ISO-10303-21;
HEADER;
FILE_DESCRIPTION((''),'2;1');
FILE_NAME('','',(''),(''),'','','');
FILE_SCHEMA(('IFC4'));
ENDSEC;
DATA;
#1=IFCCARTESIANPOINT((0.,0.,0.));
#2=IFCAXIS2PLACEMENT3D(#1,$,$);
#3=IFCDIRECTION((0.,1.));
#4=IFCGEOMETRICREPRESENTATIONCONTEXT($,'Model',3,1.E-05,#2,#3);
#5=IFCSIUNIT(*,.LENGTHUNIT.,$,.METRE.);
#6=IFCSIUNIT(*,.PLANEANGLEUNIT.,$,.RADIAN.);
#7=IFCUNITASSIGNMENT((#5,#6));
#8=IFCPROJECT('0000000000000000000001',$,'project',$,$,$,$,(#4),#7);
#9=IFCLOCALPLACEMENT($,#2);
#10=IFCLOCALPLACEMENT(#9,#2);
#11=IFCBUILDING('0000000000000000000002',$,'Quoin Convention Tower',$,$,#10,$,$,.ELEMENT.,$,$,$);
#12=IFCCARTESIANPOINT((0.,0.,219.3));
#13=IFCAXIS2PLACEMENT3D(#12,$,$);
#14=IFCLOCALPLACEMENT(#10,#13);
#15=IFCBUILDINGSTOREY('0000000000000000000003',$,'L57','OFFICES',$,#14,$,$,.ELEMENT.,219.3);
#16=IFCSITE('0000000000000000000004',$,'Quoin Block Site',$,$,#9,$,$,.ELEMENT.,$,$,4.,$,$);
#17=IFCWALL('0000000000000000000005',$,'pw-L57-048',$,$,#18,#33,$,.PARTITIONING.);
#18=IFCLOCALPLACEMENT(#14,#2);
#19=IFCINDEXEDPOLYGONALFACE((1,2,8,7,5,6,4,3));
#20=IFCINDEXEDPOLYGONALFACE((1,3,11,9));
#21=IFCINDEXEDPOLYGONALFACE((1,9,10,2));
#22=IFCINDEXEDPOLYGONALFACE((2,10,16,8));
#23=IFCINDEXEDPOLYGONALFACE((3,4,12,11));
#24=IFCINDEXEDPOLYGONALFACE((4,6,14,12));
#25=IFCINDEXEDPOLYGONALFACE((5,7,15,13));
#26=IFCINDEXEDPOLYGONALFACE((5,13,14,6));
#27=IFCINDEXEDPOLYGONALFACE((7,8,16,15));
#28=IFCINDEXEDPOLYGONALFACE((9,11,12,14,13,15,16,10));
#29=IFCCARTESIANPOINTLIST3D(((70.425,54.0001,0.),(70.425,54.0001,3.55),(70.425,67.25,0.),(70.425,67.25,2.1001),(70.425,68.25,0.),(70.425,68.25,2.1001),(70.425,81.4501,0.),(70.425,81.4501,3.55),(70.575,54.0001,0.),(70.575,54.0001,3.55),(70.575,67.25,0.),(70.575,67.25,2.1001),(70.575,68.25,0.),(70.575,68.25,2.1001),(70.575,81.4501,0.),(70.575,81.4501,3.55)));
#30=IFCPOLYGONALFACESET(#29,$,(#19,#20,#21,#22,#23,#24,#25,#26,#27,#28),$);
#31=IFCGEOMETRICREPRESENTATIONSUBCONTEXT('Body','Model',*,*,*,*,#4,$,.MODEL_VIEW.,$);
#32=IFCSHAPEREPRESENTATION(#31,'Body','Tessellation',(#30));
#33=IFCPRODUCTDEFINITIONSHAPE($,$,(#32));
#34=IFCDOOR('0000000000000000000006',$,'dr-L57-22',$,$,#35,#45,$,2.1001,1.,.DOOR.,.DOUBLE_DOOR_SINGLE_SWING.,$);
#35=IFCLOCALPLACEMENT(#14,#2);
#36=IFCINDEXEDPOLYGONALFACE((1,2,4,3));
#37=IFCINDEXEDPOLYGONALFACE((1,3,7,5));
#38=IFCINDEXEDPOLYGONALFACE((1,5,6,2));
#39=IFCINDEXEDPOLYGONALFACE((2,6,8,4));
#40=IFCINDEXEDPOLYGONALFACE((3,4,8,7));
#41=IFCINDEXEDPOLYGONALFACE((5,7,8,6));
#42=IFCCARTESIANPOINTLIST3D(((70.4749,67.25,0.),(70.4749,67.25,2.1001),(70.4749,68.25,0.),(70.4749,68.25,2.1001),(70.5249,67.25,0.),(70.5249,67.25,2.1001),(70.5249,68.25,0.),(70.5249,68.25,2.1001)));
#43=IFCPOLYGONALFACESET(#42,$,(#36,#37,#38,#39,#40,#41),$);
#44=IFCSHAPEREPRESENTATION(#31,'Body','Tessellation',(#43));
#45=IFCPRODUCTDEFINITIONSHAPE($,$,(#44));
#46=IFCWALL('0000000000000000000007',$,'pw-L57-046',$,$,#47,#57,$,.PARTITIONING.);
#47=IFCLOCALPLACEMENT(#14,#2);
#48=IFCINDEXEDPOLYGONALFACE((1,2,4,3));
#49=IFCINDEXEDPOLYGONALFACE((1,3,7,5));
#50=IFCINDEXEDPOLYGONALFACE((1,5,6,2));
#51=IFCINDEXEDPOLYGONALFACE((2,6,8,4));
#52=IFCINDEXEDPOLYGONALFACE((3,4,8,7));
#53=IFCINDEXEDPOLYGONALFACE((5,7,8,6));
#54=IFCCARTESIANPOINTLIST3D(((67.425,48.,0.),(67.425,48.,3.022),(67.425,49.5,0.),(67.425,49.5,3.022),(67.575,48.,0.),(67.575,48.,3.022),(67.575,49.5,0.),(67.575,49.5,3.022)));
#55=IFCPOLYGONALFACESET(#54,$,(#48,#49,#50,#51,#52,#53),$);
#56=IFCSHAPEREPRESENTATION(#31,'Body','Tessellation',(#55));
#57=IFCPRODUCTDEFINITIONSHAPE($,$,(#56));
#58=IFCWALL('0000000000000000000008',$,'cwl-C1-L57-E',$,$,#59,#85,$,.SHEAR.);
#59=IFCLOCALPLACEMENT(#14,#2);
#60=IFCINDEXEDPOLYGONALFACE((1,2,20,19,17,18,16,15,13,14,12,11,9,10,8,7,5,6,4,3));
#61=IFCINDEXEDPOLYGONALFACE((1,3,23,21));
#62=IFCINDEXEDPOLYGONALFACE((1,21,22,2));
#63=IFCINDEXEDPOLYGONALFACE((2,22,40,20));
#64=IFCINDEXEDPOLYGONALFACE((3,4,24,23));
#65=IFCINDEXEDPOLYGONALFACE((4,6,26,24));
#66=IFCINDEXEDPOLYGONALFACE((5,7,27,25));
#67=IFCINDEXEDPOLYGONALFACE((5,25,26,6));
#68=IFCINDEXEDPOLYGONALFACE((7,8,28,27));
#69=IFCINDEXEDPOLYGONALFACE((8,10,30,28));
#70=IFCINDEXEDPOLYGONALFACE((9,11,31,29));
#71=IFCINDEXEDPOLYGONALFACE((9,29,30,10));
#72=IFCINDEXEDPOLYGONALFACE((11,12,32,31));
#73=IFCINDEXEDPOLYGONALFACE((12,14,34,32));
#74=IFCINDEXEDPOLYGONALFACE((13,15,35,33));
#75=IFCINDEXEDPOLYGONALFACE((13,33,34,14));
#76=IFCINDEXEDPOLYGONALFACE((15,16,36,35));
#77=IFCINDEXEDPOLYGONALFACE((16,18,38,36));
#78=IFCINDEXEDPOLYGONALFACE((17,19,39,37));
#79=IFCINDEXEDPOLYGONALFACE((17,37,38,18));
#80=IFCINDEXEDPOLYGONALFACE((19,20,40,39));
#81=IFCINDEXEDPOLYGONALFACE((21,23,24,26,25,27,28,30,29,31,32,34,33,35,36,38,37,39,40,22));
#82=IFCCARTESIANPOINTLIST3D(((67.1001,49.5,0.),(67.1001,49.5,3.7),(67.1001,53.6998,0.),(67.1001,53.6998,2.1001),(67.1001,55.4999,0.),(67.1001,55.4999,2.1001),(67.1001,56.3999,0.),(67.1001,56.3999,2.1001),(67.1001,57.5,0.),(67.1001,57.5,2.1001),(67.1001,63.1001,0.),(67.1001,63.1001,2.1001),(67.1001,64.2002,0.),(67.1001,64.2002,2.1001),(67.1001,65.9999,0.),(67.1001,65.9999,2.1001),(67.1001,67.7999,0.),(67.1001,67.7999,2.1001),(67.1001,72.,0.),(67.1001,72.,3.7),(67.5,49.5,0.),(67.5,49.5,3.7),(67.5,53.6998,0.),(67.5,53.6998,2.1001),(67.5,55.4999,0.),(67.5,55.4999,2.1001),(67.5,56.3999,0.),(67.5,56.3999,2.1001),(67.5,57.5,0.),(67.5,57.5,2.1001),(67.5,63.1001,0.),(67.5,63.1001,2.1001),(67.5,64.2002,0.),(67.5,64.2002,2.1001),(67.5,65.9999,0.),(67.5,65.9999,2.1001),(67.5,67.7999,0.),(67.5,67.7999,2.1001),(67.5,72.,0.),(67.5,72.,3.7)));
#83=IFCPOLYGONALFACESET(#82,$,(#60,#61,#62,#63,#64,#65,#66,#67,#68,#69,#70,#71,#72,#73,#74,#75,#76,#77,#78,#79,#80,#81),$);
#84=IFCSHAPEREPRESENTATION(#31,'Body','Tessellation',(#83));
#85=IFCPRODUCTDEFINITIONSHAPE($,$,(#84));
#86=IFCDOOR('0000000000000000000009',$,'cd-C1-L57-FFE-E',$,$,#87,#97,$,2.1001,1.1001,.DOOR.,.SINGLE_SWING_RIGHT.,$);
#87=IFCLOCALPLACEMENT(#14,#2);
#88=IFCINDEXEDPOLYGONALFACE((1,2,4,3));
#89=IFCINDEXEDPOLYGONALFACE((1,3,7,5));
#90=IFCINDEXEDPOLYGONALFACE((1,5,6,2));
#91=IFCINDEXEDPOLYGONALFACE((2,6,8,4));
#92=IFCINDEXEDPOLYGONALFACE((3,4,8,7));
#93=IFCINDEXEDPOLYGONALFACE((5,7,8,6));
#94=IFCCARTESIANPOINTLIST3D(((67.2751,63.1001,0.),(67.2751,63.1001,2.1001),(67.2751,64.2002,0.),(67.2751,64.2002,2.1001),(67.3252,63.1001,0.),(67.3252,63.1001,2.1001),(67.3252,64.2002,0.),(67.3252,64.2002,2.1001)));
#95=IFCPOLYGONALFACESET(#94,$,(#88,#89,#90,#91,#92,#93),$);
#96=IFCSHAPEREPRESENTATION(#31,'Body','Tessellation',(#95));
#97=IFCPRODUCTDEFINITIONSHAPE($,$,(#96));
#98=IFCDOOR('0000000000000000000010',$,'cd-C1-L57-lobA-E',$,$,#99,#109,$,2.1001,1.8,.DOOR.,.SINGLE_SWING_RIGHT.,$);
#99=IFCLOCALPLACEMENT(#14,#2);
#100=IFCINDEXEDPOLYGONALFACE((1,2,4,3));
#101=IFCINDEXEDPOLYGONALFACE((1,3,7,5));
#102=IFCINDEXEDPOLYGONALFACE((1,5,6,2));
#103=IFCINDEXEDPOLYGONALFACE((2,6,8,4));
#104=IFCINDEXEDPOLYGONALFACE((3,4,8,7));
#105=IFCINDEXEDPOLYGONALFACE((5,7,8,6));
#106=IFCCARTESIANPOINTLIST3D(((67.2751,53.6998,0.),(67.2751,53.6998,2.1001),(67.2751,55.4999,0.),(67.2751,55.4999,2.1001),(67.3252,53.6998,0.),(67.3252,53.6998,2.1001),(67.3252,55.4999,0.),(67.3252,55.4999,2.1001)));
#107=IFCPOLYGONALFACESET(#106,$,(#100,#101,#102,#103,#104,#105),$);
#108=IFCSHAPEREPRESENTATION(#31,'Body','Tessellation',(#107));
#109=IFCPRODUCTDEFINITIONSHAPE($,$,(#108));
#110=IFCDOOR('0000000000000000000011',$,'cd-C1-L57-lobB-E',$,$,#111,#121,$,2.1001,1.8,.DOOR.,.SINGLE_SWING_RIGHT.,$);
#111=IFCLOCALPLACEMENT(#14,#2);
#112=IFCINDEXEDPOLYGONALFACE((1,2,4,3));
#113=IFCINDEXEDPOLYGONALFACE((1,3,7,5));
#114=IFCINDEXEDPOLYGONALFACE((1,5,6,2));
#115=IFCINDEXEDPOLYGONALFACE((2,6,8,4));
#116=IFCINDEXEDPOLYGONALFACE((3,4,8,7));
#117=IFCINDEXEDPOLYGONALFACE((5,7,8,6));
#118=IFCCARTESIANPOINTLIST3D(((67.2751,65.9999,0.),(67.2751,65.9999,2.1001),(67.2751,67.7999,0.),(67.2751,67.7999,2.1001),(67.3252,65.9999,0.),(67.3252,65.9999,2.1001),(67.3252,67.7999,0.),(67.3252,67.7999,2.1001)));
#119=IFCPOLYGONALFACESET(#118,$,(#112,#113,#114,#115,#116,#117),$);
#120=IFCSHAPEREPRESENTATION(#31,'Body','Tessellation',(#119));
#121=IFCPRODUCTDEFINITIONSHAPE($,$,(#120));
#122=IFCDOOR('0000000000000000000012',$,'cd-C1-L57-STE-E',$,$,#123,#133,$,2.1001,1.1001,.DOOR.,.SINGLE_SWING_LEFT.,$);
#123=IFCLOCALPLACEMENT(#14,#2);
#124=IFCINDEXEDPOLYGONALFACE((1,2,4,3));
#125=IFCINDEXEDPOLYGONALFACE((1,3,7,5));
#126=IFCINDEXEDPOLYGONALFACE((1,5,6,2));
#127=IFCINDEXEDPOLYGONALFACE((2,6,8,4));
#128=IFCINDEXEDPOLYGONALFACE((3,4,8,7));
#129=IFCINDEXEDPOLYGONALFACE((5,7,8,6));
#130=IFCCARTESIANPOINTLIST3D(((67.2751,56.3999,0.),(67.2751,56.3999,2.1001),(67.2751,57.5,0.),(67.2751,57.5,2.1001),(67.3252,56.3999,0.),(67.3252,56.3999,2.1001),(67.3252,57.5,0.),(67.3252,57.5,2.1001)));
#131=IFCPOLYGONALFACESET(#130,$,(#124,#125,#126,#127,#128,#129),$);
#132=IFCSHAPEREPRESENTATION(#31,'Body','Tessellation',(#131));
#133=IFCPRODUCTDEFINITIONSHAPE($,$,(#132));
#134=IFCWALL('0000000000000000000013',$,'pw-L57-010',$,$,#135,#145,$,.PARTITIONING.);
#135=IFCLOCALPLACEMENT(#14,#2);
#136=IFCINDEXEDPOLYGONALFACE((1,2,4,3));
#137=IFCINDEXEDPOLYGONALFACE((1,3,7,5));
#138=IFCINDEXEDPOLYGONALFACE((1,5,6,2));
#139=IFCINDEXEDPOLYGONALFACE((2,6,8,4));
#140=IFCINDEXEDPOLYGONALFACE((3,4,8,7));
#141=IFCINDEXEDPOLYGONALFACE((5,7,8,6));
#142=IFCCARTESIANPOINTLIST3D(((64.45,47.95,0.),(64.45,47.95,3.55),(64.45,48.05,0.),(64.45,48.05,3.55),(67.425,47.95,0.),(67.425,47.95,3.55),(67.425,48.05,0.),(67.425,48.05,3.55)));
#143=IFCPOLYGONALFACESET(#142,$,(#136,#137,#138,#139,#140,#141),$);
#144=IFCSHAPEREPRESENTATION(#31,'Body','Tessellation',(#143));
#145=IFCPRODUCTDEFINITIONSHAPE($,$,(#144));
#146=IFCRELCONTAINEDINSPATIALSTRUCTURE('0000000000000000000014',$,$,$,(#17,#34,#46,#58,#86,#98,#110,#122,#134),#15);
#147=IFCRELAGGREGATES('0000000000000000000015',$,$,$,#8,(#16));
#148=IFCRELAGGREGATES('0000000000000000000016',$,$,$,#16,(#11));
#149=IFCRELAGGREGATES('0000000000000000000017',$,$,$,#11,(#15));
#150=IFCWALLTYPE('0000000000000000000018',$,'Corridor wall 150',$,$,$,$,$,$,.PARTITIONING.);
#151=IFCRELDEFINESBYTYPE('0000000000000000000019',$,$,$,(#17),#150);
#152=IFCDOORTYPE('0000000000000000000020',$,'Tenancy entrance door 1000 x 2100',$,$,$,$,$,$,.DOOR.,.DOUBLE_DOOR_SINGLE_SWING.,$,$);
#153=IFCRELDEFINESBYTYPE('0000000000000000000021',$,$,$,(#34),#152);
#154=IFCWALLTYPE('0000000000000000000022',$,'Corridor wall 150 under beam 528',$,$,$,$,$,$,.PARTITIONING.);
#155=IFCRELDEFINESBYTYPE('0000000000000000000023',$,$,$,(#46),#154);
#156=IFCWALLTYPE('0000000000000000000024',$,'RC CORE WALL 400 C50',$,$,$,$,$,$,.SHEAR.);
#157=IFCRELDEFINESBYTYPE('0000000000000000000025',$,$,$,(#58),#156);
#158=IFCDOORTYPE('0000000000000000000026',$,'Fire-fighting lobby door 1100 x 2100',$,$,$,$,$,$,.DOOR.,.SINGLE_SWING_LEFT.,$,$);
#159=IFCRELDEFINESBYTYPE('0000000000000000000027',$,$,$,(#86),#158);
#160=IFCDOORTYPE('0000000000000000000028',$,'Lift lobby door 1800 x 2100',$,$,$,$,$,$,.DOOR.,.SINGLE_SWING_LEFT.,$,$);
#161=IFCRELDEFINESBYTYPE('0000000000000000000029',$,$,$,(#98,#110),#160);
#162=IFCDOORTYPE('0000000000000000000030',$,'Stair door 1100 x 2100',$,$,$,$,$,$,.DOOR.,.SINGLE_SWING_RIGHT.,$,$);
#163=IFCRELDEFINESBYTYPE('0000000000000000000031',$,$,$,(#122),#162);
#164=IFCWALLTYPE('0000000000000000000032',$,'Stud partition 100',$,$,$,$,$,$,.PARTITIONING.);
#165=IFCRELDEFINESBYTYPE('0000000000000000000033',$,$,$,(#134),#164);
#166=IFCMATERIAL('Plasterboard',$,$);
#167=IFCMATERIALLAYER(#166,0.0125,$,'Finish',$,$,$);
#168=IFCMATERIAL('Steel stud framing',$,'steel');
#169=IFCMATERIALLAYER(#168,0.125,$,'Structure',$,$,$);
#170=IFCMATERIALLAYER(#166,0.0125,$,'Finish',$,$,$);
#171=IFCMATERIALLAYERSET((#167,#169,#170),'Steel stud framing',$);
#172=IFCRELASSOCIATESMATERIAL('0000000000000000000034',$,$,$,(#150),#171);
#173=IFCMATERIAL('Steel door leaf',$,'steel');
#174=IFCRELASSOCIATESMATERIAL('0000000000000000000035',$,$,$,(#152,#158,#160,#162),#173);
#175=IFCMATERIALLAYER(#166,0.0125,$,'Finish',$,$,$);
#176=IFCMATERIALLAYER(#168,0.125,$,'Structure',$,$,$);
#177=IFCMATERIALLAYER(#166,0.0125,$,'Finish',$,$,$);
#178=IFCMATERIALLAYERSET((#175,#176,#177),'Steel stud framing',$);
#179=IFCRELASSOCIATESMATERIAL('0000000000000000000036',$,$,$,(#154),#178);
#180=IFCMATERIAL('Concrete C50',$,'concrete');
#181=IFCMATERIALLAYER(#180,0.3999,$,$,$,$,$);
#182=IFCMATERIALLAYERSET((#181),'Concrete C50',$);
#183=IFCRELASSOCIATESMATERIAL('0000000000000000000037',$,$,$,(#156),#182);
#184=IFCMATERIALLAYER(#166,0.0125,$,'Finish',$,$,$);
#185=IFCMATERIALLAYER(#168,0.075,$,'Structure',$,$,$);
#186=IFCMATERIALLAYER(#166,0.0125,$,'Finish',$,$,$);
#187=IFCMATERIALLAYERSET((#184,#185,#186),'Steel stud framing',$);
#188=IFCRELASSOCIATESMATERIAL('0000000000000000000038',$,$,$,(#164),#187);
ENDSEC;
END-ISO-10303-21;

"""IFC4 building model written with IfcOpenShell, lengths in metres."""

from ifc_helpers import new_model, si_unit, direction, frame, frame_2d, origin, place, context, subcontext, project, spatial, rectangle, extrude, material, layer, layer_set, type_object, element, fill, save


model = new_model("IFC4")

# Units and contexts
model_context = context("Model", 3, precision=1e-05, world=origin(), true_north=direction((0.0, 1.0)))
body_context = subcontext(model_context, "Body", "Model", "MODEL_VIEW")
ifc_project = project(units=[si_unit("LENGTHUNIT", "METRE"), si_unit("PLANEANGLEUNIT", "RADIAN")], contexts=[model_context])

# Site, building, storey
site_placement = place(None, origin())
site = spatial("IfcSite", under=ifc_project, at=site_placement, Name="Quoin Block Site", CompositionType="ELEMENT", RefElevation=4.0)
building_placement = place(site_placement, origin())
building = spatial("IfcBuilding", under=site, at=building_placement, Name="Quoin Convention Tower", CompositionType="ELEMENT")
storey_placement = place(building_placement, frame((0.0, 0.0, 219.3)))
storey = spatial("IfcBuildingStorey", under=building, at=storey_placement, Name="L57", Description="OFFICES", CompositionType="ELEMENT", Elevation=219.3)

# Shared definitions
ifc_material_1 = material(Name="Concrete C50", Category="concrete")

# Shared definitions
ifc_material_2 = material(Name="Plasterboard")
ifc_material_3 = material(Name="Steel stud framing", Category="steel")

# Wall, opening, door
ifc_layer_1 = layer(ifc_material_2, 0.0125, Name="Finish")
ifc_layer_2 = layer(ifc_material_3, 0.125, Name="Structure")
ifc_layer_3 = layer(ifc_material_2, 0.0125, Name="Finish")
ifc_layer_set_1 = layer_set([ifc_layer_1, ifc_layer_2, ifc_layer_3], Name="Steel stud framing")
wall_type_1 = type_object("IfcWallType", Name="Corridor wall 150", PredefinedType="PARTITIONING", material=ifc_layer_set_1)
ifc_material_4 = material(Name="Steel door leaf", Category="steel")
door_type_1 = type_object("IfcDoorType", Name="Tenancy entrance door 1000 x 2100", OperationType="DOUBLE_DOOR_SINGLE_SWING", PredefinedType="DOOR", material=ifc_material_4)
wall_1_placement = place(storey_placement, frame((70.5, 54.0, 0.0), z_axis=(0.0, 0.0, 1.0), x_axis=(0.0, 1.0, 0.0)))
wall_1 = element("IfcWall", 1, at=wall_1_placement, inside=storey, type_object=wall_type_1, Name="pw-L57-048", PredefinedType="PARTITIONING", context=body_context, shape_type="SweptSolid", body=[
    extrude(rectangle(XDim=27.45, YDim=0.1499, at=frame_2d((13.7251, 0.0))), origin(), (0.0, 0.0, 1.0), 3.55),
])
opening_1_placement = place(wall_1_placement, frame((13.25, 0.0, 0.0)))
opening_1 = element("IfcOpeningElement", 2, at=opening_1_placement, cuts=wall_1, PredefinedType="OPENING", context=body_context, shape_type="SweptSolid", body=[
    extrude(rectangle(XDim=1.0, YDim=2.1001, at=frame_2d((0.5, 1.05))), frame((0.0, 0.085, 0.0), z_axis=(0.0, -1.0, 0.0), x_axis=(1.0, 0.0, 0.0)), (0.0, 0.0, 1.0), 0.1699),
])
door_1_placement = place(opening_1_placement, frame((1.0, 0.0, 0.0), z_axis=(0.0, 0.0, 1.0), x_axis=(-1.0, 0.0, 0.0)))
door_1 = element("IfcDoor", 3, at=door_1_placement, inside=storey, type_object=door_type_1, Name="dr-L57-22", OperationType="DOUBLE_DOOR_SINGLE_SWING", OverallHeight=2.1001, OverallWidth=1.0, PredefinedType="DOOR", context=body_context, shape_type="SweptSolid", body=[
    extrude(rectangle(XDim=1.0, YDim=2.1001, at=frame_2d((0.5, 1.05))), frame((0.0, 0.0249, 0.0), z_axis=(0.0, -1.0, 0.0), x_axis=(1.0, 0.0, 0.0)), (0.0, 0.0, 1.0), 0.05),
])
fill(opening_1, door_1)

# Wall
ifc_layer_4 = layer(ifc_material_2, 0.0125, Name="Finish")
ifc_layer_5 = layer(ifc_material_3, 0.125, Name="Structure")
ifc_layer_6 = layer(ifc_material_2, 0.0125, Name="Finish")
ifc_layer_set_2 = layer_set([ifc_layer_4, ifc_layer_5, ifc_layer_6], Name="Steel stud framing")
wall_type_2 = type_object("IfcWallType", Name="Corridor wall 150 under beam 528", PredefinedType="PARTITIONING", material=ifc_layer_set_2)
wall_2_placement = place(storey_placement, frame((67.5, 48.0, 0.0), z_axis=(0.0, 0.0, 1.0), x_axis=(0.0, 1.0, 0.0)))
element("IfcWall", 4, at=wall_2_placement, inside=storey, type_object=wall_type_2, Name="pw-L57-046", PredefinedType="PARTITIONING", context=body_context, shape_type="SweptSolid", body=[
    extrude(rectangle(XDim=1.5, YDim=0.1499, at=frame_2d((0.75, 0.0))), origin(), (0.0, 0.0, 1.0), 3.022),
])

# Wall, openings, doors
ifc_layer_7 = layer(ifc_material_1, 0.3999)
ifc_layer_set_3 = layer_set([ifc_layer_7], Name="Concrete C50")
wall_type_3 = type_object("IfcWallType", Name="RC CORE WALL 400 C50", PredefinedType="SHEAR", material=ifc_layer_set_3)
wall_3_placement = place(storey_placement, frame((67.3, 49.5, 0.0), z_axis=(0.0, 0.0, 1.0), x_axis=(0.0, 1.0, 0.0)))
wall_3 = element("IfcWall", 5, at=wall_3_placement, inside=storey, type_object=wall_type_3, Name="cwl-C1-L57-E", PredefinedType="SHEAR", context=body_context, shape_type="SweptSolid", body=[
    extrude(rectangle(XDim=22.5, YDim=0.3999, at=frame_2d((11.25, 0.0))), origin(), (0.0, 0.0, 1.0), 3.7),
])
opening_2_placement = place(wall_3_placement, frame((4.2, 0.0, 0.0)))
opening_2 = element("IfcOpeningElement", 6, at=opening_2_placement, cuts=wall_3, PredefinedType="OPENING", context=body_context, shape_type="SweptSolid", body=[
    extrude(rectangle(XDim=1.8, YDim=2.1001, at=frame_2d((0.8999, 1.05))), frame((0.0, 0.21, 0.0), z_axis=(0.0, -1.0, 0.0), x_axis=(1.0, 0.0, 0.0)), (0.0, 0.0, 1.0), 0.4199),
])
opening_3_placement = place(wall_3_placement, frame((6.8999, 0.0, 0.0)))
opening_3 = element("IfcOpeningElement", 7, at=opening_3_placement, cuts=wall_3, PredefinedType="OPENING", context=body_context, shape_type="SweptSolid", body=[
    extrude(rectangle(XDim=1.1001, YDim=2.1001, at=frame_2d((0.55, 1.05))), frame((0.0, 0.21, 0.0), z_axis=(0.0, -1.0, 0.0), x_axis=(1.0, 0.0, 0.0)), (0.0, 0.0, 1.0), 0.4199),
])
opening_4_placement = place(wall_3_placement, frame((13.6001, 0.0, 0.0)))
opening_4 = element("IfcOpeningElement", 8, at=opening_4_placement, cuts=wall_3, PredefinedType="OPENING", context=body_context, shape_type="SweptSolid", body=[
    extrude(rectangle(XDim=1.1001, YDim=2.1001, at=frame_2d((0.55, 1.05))), frame((0.0, 0.21, 0.0), z_axis=(0.0, -1.0, 0.0), x_axis=(1.0, 0.0, 0.0)), (0.0, 0.0, 1.0), 0.4199),
])
opening_5_placement = place(wall_3_placement, frame((16.5, 0.0, 0.0)))
opening_5 = element("IfcOpeningElement", 9, at=opening_5_placement, cuts=wall_3, PredefinedType="OPENING", context=body_context, shape_type="SweptSolid", body=[
    extrude(rectangle(XDim=1.8, YDim=2.1001, at=frame_2d((0.8999, 1.05))), frame((0.0, 0.21, 0.0), z_axis=(0.0, -1.0, 0.0), x_axis=(1.0, 0.0, 0.0)), (0.0, 0.0, 1.0), 0.4199),
])
door_type_2 = type_object("IfcDoorType", Name="Fire-fighting lobby door 1100 x 2100", OperationType="SINGLE_SWING_LEFT", PredefinedType="DOOR", material=ifc_material_4)
door_2_placement = place(opening_4_placement, origin())
door_2 = element("IfcDoor", 10, at=door_2_placement, inside=storey, type_object=door_type_2, Name="cd-C1-L57-FFE-E", OperationType="SINGLE_SWING_RIGHT", OverallHeight=2.1001, OverallWidth=1.1001, PredefinedType="DOOR", context=body_context, shape_type="SweptSolid", body=[
    extrude(rectangle(XDim=1.1001, YDim=2.1001, at=frame_2d((0.55, 1.05))), frame((0.0, 0.0249, 0.0), z_axis=(0.0, -1.0, 0.0), x_axis=(1.0, 0.0, 0.0)), (0.0, 0.0, 1.0), 0.05),
])
fill(opening_4, door_2)
door_type_3 = type_object("IfcDoorType", Name="Lift lobby door 1800 x 2100", OperationType="SINGLE_SWING_LEFT", PredefinedType="DOOR", material=ifc_material_4)
door_3_placement = place(opening_2_placement, origin())
door_3 = element("IfcDoor", 11, at=door_3_placement, inside=storey, type_object=door_type_3, Name="cd-C1-L57-lobA-E", OperationType="SINGLE_SWING_RIGHT", OverallHeight=2.1001, OverallWidth=1.8, PredefinedType="DOOR", context=body_context, shape_type="SweptSolid", body=[
    extrude(rectangle(XDim=1.8, YDim=2.1001, at=frame_2d((0.8999, 1.05))), frame((0.0, 0.0249, 0.0), z_axis=(0.0, -1.0, 0.0), x_axis=(1.0, 0.0, 0.0)), (0.0, 0.0, 1.0), 0.05),
])
fill(opening_2, door_3)
door_4_placement = place(opening_5_placement, origin())
door_4 = element("IfcDoor", 12, at=door_4_placement, inside=storey, type_object=door_type_3, Name="cd-C1-L57-lobB-E", OperationType="SINGLE_SWING_RIGHT", OverallHeight=2.1001, OverallWidth=1.8, PredefinedType="DOOR", context=body_context, shape_type="SweptSolid", body=[
    extrude(rectangle(XDim=1.8, YDim=2.1001, at=frame_2d((0.8999, 1.05))), frame((0.0, 0.0249, 0.0), z_axis=(0.0, -1.0, 0.0), x_axis=(1.0, 0.0, 0.0)), (0.0, 0.0, 1.0), 0.05),
])
fill(opening_5, door_4)
door_type_4 = type_object("IfcDoorType", Name="Stair door 1100 x 2100", OperationType="SINGLE_SWING_RIGHT", PredefinedType="DOOR", material=ifc_material_4)
door_5_placement = place(opening_3_placement, origin())
door_5 = element("IfcDoor", 13, at=door_5_placement, inside=storey, type_object=door_type_4, Name="cd-C1-L57-STE-E", OperationType="SINGLE_SWING_LEFT", OverallHeight=2.1001, OverallWidth=1.1001, PredefinedType="DOOR", context=body_context, shape_type="SweptSolid", body=[
    extrude(rectangle(XDim=1.1001, YDim=2.1001, at=frame_2d((0.55, 1.05))), frame((0.0, 0.0249, 0.0), z_axis=(0.0, -1.0, 0.0), x_axis=(1.0, 0.0, 0.0)), (0.0, 0.0, 1.0), 0.05),
])
fill(opening_3, door_5)

# Wall
ifc_layer_8 = layer(ifc_material_2, 0.0125, Name="Finish")
ifc_layer_9 = layer(ifc_material_3, 0.075, Name="Structure")
ifc_layer_10 = layer(ifc_material_2, 0.0125, Name="Finish")
ifc_layer_set_4 = layer_set([ifc_layer_8, ifc_layer_9, ifc_layer_10], Name="Steel stud framing")
wall_type_4 = type_object("IfcWallType", Name="Stud partition 100", PredefinedType="PARTITIONING", material=ifc_layer_set_4)
wall_4_placement = place(storey_placement, frame((64.45, 48.0, 0.0), z_axis=(0.0, 0.0, 1.0), x_axis=(1.0, 0.0, 0.0)))
element("IfcWall", 14, at=wall_4_placement, inside=storey, type_object=wall_type_4, Name="pw-L57-010", PredefinedType="PARTITIONING", context=body_context, shape_type="SweptSolid", body=[
    extrude(rectangle(XDim=2.9751, YDim=0.1001, at=frame_2d((1.4875, 0.0))), origin(), (0.0, 0.0, 1.0), 3.55),
])

save(model, "model.ifc")
